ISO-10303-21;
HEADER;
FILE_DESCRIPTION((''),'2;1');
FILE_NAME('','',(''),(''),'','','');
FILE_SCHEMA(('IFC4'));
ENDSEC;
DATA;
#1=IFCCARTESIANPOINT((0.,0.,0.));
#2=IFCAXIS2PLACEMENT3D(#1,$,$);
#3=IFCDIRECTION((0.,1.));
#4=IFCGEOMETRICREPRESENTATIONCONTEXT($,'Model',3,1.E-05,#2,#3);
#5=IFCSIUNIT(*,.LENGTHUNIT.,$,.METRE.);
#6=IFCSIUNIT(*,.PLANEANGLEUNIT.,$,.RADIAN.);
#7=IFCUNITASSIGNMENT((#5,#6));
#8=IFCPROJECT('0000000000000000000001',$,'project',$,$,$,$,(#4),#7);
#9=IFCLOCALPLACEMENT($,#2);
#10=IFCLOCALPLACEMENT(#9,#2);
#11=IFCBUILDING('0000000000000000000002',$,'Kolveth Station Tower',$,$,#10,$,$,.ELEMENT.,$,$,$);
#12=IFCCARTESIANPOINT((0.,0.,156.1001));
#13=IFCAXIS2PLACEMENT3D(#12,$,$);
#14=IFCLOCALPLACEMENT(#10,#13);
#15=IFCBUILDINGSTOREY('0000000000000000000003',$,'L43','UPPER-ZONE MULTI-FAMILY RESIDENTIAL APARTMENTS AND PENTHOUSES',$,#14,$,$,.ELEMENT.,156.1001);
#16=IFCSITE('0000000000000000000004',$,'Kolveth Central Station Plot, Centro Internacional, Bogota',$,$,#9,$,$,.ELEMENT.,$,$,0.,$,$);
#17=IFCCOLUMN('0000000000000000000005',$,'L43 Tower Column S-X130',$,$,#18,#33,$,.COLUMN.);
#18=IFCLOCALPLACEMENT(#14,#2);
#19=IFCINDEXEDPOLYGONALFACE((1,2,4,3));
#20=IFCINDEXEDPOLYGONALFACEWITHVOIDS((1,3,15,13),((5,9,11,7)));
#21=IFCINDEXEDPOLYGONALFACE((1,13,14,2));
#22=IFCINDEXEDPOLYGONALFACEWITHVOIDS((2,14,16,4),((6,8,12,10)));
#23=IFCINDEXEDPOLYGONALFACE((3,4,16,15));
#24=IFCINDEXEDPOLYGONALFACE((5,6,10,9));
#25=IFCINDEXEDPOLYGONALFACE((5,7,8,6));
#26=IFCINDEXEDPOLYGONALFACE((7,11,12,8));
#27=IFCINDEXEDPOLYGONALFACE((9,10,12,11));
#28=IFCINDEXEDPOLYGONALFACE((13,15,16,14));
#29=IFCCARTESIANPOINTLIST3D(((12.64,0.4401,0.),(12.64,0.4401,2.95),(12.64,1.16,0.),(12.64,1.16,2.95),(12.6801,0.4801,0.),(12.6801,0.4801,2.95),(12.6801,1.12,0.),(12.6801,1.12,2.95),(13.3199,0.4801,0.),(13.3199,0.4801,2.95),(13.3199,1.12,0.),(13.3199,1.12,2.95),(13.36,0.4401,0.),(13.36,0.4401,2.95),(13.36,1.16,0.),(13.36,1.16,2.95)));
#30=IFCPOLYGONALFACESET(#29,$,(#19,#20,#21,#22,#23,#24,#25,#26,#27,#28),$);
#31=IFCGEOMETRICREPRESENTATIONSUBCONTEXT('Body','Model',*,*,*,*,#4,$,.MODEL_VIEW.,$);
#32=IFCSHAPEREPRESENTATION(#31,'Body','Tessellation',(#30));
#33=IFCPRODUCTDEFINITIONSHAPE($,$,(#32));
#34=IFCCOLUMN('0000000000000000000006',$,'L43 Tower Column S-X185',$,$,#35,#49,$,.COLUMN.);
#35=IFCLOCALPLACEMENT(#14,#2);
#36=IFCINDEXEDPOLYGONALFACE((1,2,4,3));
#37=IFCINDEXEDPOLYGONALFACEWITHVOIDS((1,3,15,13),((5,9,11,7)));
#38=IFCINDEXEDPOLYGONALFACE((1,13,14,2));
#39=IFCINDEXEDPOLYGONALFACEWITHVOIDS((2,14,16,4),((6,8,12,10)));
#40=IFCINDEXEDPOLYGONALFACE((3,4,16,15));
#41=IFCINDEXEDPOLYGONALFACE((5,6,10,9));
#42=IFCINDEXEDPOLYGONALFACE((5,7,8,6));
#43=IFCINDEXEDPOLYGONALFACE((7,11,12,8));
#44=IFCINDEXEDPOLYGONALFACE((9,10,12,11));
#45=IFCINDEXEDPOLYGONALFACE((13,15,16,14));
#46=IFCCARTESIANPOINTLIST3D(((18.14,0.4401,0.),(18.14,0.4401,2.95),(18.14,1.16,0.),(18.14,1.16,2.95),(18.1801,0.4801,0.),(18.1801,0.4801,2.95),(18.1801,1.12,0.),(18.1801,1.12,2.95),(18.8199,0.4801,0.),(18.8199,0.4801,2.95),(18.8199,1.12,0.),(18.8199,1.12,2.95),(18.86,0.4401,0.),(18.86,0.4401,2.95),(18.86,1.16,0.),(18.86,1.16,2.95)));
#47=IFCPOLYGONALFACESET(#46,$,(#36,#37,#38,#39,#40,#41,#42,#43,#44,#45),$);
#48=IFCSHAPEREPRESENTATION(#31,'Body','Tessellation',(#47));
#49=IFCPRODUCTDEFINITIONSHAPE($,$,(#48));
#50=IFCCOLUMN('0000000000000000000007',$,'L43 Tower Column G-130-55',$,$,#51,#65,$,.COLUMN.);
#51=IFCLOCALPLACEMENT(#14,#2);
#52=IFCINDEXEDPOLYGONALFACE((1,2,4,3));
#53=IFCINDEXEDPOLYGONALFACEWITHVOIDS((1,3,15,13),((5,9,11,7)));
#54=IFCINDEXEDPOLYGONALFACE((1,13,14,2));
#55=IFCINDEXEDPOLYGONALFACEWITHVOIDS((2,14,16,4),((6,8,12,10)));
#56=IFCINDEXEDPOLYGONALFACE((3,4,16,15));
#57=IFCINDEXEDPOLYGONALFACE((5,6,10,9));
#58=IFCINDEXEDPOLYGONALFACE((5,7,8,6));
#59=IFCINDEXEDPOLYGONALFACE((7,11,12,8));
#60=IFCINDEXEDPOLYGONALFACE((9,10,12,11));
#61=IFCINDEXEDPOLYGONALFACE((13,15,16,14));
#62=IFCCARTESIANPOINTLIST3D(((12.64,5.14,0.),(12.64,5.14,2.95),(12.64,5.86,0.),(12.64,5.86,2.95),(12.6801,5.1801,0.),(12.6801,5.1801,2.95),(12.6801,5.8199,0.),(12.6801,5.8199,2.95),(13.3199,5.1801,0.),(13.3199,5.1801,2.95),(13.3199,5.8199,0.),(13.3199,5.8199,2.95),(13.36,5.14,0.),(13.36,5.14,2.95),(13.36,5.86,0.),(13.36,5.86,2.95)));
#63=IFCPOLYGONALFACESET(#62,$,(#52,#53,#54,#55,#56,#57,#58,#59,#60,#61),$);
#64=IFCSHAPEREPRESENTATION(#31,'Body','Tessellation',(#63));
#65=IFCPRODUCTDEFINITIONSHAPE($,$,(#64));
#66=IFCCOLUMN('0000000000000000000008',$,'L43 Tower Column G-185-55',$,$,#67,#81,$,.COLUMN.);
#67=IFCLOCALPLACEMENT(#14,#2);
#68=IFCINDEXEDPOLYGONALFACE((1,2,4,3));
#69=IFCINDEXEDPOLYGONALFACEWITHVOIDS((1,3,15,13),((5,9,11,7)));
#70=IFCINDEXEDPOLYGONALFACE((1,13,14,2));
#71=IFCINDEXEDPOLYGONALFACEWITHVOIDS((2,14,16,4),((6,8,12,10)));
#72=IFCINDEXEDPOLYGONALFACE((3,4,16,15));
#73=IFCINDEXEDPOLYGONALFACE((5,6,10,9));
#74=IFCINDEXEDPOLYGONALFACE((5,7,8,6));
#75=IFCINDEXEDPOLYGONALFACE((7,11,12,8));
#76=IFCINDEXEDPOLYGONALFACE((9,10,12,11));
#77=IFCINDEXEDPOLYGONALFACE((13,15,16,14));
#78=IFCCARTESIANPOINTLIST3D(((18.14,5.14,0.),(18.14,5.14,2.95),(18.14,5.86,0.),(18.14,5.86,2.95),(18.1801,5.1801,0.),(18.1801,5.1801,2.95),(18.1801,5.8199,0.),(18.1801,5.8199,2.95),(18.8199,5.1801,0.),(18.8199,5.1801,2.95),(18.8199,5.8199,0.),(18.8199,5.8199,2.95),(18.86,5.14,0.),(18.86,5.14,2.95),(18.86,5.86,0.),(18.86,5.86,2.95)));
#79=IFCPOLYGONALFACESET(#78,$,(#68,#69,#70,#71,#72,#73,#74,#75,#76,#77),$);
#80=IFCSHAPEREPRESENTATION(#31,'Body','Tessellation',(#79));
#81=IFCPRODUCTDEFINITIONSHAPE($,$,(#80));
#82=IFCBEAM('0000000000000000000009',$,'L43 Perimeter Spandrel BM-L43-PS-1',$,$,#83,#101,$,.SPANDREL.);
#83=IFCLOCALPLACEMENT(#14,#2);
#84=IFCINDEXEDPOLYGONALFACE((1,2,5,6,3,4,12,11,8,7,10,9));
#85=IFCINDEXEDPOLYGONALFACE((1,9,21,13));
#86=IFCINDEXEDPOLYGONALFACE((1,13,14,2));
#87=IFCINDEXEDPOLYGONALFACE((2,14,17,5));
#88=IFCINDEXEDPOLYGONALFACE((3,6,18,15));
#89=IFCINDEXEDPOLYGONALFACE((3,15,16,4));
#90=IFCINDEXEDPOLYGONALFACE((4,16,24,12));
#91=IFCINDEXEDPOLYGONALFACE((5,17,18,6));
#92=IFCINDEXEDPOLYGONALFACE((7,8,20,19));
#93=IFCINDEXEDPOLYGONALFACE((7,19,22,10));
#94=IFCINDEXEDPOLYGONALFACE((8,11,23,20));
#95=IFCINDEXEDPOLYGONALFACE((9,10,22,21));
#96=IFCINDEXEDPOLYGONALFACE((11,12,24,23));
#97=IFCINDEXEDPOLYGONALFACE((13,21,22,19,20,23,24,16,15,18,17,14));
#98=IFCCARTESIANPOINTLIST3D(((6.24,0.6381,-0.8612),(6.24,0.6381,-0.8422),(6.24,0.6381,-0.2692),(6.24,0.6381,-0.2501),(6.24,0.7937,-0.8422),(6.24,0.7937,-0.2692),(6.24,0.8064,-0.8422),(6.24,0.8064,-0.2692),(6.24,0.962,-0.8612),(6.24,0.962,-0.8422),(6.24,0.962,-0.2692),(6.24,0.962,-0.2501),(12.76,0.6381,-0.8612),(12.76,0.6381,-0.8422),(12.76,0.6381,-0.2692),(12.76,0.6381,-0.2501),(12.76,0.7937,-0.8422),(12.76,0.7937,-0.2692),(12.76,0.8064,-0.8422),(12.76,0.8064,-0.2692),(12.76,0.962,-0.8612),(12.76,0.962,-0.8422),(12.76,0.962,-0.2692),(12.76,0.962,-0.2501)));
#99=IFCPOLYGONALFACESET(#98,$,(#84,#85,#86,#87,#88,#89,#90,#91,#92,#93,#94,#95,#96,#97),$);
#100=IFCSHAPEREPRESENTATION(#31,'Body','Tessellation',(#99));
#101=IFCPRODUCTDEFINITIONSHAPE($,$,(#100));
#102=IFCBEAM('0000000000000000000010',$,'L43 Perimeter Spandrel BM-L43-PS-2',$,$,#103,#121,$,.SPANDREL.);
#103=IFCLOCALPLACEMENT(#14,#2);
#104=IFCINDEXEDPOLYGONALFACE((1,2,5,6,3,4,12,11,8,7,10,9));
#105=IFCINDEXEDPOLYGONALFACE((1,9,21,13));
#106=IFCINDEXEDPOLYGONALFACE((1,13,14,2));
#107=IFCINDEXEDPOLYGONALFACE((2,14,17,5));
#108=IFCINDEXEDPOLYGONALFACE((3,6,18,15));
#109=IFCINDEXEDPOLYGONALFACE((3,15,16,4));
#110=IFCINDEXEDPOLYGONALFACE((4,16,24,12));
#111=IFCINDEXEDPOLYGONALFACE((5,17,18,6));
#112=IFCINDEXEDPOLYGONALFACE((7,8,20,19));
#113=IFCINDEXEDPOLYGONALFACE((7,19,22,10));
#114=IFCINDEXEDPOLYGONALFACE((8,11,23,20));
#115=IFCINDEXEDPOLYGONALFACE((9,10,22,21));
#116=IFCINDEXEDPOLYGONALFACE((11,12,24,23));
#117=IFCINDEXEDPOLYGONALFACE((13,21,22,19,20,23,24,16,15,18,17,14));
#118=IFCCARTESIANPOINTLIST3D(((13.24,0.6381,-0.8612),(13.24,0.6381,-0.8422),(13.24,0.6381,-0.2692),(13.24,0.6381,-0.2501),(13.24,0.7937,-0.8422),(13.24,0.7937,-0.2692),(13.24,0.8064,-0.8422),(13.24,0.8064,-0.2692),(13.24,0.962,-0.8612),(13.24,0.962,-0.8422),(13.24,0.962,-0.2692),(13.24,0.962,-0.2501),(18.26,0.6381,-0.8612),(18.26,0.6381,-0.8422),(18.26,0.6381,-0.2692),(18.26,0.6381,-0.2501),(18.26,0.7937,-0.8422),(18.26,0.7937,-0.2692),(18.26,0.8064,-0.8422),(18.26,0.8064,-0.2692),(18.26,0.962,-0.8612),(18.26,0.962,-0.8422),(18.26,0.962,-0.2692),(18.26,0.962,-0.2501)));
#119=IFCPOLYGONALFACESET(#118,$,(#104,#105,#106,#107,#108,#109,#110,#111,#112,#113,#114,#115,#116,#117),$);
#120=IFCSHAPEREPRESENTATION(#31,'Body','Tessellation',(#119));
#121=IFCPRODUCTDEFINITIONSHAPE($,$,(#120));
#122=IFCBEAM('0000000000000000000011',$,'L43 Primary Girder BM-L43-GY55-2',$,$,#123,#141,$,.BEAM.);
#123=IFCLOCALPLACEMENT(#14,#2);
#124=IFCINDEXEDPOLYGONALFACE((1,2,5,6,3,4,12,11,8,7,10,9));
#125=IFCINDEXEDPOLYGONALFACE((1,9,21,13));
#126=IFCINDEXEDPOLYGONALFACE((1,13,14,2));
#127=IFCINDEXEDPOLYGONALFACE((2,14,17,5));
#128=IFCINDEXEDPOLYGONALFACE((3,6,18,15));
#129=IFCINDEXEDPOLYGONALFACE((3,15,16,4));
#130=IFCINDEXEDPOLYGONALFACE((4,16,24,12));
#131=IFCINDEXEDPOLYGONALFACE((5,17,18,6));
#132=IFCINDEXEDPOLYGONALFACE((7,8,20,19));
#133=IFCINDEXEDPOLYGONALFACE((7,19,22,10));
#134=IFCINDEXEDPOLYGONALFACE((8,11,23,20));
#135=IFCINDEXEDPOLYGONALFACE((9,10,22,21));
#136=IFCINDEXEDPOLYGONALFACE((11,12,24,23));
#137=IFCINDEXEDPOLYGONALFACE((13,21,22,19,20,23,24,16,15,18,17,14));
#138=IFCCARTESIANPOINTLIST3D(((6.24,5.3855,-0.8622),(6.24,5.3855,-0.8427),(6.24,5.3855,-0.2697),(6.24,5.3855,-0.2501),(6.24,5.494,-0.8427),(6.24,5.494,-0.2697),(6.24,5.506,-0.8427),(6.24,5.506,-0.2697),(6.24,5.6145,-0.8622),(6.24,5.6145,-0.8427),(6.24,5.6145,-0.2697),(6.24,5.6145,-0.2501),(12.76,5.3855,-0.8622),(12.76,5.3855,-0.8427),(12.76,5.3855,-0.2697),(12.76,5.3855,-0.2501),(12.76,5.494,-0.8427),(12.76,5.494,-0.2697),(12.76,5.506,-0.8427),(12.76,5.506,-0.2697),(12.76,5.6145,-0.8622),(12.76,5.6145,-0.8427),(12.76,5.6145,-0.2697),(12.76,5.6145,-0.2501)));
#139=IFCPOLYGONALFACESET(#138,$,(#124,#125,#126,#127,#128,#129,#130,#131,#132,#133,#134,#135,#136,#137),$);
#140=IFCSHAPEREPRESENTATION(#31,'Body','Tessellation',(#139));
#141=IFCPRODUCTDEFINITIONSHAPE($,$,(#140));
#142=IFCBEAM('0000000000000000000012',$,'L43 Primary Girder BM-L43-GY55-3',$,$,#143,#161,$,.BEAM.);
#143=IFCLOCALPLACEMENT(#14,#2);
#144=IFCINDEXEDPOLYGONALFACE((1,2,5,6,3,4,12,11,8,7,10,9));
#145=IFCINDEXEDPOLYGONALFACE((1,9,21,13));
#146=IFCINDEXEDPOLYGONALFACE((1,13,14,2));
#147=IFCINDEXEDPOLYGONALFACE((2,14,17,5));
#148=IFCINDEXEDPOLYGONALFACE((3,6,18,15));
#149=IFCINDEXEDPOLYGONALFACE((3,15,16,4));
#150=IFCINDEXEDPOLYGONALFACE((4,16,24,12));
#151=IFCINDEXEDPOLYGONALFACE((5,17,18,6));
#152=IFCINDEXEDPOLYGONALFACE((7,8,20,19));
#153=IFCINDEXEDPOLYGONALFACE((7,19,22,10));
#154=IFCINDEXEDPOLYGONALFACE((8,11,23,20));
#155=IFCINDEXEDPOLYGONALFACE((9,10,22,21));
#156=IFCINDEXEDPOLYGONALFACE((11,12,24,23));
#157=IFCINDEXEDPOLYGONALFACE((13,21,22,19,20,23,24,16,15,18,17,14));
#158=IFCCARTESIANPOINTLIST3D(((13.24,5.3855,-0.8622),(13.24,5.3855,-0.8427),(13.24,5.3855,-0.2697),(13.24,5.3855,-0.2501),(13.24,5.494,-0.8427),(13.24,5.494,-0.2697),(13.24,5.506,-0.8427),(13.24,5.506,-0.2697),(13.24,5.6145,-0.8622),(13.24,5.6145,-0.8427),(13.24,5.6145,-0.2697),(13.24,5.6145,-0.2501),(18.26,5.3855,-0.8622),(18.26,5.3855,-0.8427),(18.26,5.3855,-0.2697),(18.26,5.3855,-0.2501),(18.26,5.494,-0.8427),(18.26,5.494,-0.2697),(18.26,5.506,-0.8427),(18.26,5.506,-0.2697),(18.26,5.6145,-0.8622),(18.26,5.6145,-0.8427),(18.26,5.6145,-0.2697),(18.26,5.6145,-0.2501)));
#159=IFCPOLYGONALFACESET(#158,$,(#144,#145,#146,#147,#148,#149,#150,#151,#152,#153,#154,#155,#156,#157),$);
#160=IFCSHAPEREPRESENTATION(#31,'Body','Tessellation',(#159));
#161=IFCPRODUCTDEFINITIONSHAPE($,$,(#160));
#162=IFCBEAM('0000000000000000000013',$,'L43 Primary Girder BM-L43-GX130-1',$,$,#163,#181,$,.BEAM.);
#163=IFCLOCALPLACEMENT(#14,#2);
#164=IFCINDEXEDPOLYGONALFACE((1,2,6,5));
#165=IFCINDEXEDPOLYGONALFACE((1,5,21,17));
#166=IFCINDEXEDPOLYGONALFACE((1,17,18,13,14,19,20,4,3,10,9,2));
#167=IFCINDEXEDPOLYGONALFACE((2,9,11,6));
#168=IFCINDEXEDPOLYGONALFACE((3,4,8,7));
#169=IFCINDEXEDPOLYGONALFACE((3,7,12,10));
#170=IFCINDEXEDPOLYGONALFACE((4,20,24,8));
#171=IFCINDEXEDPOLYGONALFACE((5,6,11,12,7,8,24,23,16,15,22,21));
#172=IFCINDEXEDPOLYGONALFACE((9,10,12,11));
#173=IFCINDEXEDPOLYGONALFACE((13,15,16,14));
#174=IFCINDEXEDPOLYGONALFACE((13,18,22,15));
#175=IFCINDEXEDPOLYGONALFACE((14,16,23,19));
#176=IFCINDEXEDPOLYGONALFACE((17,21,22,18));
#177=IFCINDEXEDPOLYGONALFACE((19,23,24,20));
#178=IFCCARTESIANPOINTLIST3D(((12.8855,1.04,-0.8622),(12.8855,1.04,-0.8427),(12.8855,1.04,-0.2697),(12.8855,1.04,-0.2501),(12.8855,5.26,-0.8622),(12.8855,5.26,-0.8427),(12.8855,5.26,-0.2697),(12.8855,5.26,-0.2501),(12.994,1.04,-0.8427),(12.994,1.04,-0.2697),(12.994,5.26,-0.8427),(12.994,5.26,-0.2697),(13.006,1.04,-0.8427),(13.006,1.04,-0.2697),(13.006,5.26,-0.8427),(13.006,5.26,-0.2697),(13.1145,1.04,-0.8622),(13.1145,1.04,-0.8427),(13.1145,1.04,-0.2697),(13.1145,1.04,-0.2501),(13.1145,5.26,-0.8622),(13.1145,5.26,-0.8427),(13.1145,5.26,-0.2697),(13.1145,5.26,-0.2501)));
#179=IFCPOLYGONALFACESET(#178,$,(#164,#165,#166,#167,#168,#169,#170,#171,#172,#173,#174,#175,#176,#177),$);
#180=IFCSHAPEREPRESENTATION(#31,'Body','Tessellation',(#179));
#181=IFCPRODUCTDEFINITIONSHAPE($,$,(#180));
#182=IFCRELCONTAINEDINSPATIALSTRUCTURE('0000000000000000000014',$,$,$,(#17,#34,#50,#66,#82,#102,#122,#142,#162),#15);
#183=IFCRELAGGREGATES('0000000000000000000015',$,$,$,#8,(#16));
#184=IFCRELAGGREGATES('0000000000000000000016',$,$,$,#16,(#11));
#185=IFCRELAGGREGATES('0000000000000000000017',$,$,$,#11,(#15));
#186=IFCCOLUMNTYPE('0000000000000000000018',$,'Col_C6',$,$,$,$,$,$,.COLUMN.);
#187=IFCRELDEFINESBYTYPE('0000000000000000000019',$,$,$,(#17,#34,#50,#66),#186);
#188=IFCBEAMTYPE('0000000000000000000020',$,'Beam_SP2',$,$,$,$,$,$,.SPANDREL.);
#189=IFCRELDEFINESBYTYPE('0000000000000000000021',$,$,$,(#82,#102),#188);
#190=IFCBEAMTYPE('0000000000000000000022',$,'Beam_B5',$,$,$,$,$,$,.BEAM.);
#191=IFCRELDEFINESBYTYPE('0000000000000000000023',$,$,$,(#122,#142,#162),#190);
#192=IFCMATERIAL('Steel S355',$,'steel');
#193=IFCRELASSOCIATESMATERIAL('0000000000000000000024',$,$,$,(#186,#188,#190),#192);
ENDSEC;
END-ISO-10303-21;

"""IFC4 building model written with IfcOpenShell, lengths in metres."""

from ifc_helpers import new_model, si_unit, direction, frame, origin, origin_2d, place, context, subcontext, project, spatial, hollow_rectangle, i_section, extrude, source, transform, mapped, material, material_profile, profile_set, type_object, element, save


model = new_model("IFC4")

# Units and contexts
model_context = context("Model", 3, precision=1e-05, world=origin(), true_north=direction((0.0, 1.0)))
body_context = subcontext(model_context, "Body", "Model", "MODEL_VIEW")
ifc_project = project(units=[si_unit("LENGTHUNIT", "METRE"), si_unit("PLANEANGLEUNIT", "RADIAN")], contexts=[model_context])

# Site, building, storey
site_placement = place(None, origin())
site = spatial("IfcSite", under=ifc_project, at=site_placement, Name="Kolveth Central Station Plot, Centro Internacional, Bogota", CompositionType="ELEMENT", RefElevation=0.0)
building_placement = place(site_placement, origin())
building = spatial("IfcBuilding", under=site, at=building_placement, Name="Kolveth Station Tower", CompositionType="ELEMENT")
storey_placement = place(building_placement, frame((0.0, 0.0, 156.1001)))
storey = spatial("IfcBuildingStorey", under=building, at=storey_placement, Name="L43", Description="UPPER-ZONE MULTI-FAMILY RESIDENTIAL APARTMENTS AND PENTHOUSES", CompositionType="ELEMENT", Elevation=156.1001)

# Columns
ifc_material_1 = material(Name="Steel S355", Category="steel")
ifc_material_profile_1 = material_profile(ifc_material_1, hollow_rectangle(XDim=0.72, YDim=0.72, WallThickness=0.04, at=origin_2d()), Name="BOX720x720x40")
ifc_profile_set_1 = profile_set([ifc_material_profile_1], Name="Steel S355")
column_type = type_object("IfcColumnType", Name="Col_C6", PredefinedType="COLUMN", material=ifc_profile_set_1)
shared_shape_1 = source(origin(), body_context, "Body", "SweptSolid", [
    extrude(hollow_rectangle(XDim=0.72, YDim=0.72, WallThickness=0.04, at=origin_2d()), origin(), (0.0, 0.0, 1.0), 2.95),
])
for number, where, z_axis, x_axis, name in (
    (1, (13.0, 0.8, 0.0), (0.0, 0.0, 1.0), (1.0, 0.0, 0.0), "L43 Tower Column S-X130"),
    (2, (18.5, 0.8, 0.0), (0.0, 0.0, 1.0), (1.0, 0.0, 0.0), "L43 Tower Column S-X185"),
    (3, (13.0, 5.5, 0.0), (0.0, 0.0, 1.0), (1.0, 0.0, 0.0), "L43 Tower Column G-130-55"),
    (4, (18.5, 5.5, 0.0), (0.0, 0.0, 1.0), (1.0, 0.0, 0.0), "L43 Tower Column G-185-55"),
):
    element("IfcColumn", number, at=place(storey_placement, frame(where, z_axis=z_axis, x_axis=x_axis)), inside=storey, type_object=column_type, Name=name, PredefinedType="COLUMN", context=body_context, shape_type="MappedRepresentation", body=[
        mapped(shared_shape_1, transform((0.0, 0.0, 0.0), x_axis=(1.0, 0.0, 0.0), y_axis=(0.0, 1.0, 0.0), z_axis=(0.0, 0.0, 1.0), scale=1.0)),
    ])

# Beams
ifc_material_profile_2 = material_profile(ifc_material_1, i_section(OverallWidth=0.324, OverallDepth=0.6111, WebThickness=0.0127, FlangeThickness=0.019, at=origin_2d()), Name="W610x155")
ifc_profile_set_2 = profile_set([ifc_material_profile_2], Name="Steel S355")
beam_type_1 = type_object("IfcBeamType", Name="Beam_SP2", PredefinedType="SPANDREL", material=ifc_profile_set_2)
shared_shape_2 = source(origin(), body_context, "Body", "SweptSolid", [
    extrude(i_section(OverallWidth=0.324, OverallDepth=0.6111, WebThickness=0.0127, FlangeThickness=0.019, at=origin_2d()), origin(), (0.0, 0.0, 1.0), 6.52),
])
beam_1_placement = place(storey_placement, frame((6.24, 0.8, -0.5557), z_axis=(1.0, 0.0, 0.0), x_axis=(0.0, 1.0, 0.0)))
element("IfcBeam", 5, at=beam_1_placement, inside=storey, type_object=beam_type_1, Name="L43 Perimeter Spandrel BM-L43-PS-1", PredefinedType="SPANDREL", context=body_context, shape_type="MappedRepresentation", body=[
    mapped(shared_shape_2, transform((0.0, 0.0, 0.0), x_axis=(1.0, 0.0, 0.0), y_axis=(0.0, 1.0, 0.0), z_axis=(0.0, 0.0, 1.0), scale=1.0)),
])
shared_shape_3 = source(origin(), body_context, "Body", "SweptSolid", [
    extrude(i_section(OverallWidth=0.324, OverallDepth=0.6111, WebThickness=0.0127, FlangeThickness=0.019, at=origin_2d()), origin(), (0.0, 0.0, 1.0), 5.02),
])
beam_2_placement = place(storey_placement, frame((13.24, 0.8, -0.5557), z_axis=(1.0, 0.0, 0.0), x_axis=(0.0, 1.0, 0.0)))
element("IfcBeam", 6, at=beam_2_placement, inside=storey, type_object=beam_type_1, Name="L43 Perimeter Spandrel BM-L43-PS-2", PredefinedType="SPANDREL", context=body_context, shape_type="MappedRepresentation", body=[
    mapped(shared_shape_3, transform((0.0, 0.0, 0.0), x_axis=(1.0, 0.0, 0.0), y_axis=(0.0, 1.0, 0.0), z_axis=(0.0, 0.0, 1.0), scale=1.0)),
])
ifc_material_profile_3 = material_profile(ifc_material_1, i_section(OverallWidth=0.229, OverallDepth=0.6121, WebThickness=0.012, FlangeThickness=0.0195, at=origin_2d()), Name="W610x125")
ifc_profile_set_3 = profile_set([ifc_material_profile_3], Name="Steel S355")
beam_type_2 = type_object("IfcBeamType", Name="Beam_B5", PredefinedType="BEAM", material=ifc_profile_set_3)
shared_shape_4 = source(origin(), body_context, "Body", "SweptSolid", [
    extrude(i_section(OverallWidth=0.229, OverallDepth=0.6121, WebThickness=0.012, FlangeThickness=0.0195, at=origin_2d()), origin(), (0.0, 0.0, 1.0), 6.52),
])
beam_3_placement = place(storey_placement, frame((6.24, 5.5, -0.5562), z_axis=(1.0, 0.0, 0.0), x_axis=(0.0, 1.0, 0.0)))
element("IfcBeam", 7, at=beam_3_placement, inside=storey, type_object=beam_type_2, Name="L43 Primary Girder BM-L43-GY55-2", PredefinedType="BEAM", context=body_context, shape_type="MappedRepresentation", body=[
    mapped(shared_shape_4, transform((0.0, 0.0, 0.0), x_axis=(1.0, 0.0, 0.0), y_axis=(0.0, 1.0, 0.0), z_axis=(0.0, 0.0, 1.0), scale=1.0)),
])
shared_shape_5 = source(origin(), body_context, "Body", "SweptSolid", [
    extrude(i_section(OverallWidth=0.229, OverallDepth=0.6121, WebThickness=0.012, FlangeThickness=0.0195, at=origin_2d()), origin(), (0.0, 0.0, 1.0), 5.02),
])
beam_4_placement = place(storey_placement, frame((13.24, 5.5, -0.5562), z_axis=(1.0, 0.0, 0.0), x_axis=(0.0, 1.0, 0.0)))
element("IfcBeam", 8, at=beam_4_placement, inside=storey, type_object=beam_type_2, Name="L43 Primary Girder BM-L43-GY55-3", PredefinedType="BEAM", context=body_context, shape_type="MappedRepresentation", body=[
    mapped(shared_shape_5, transform((0.0, 0.0, 0.0), x_axis=(1.0, 0.0, 0.0), y_axis=(0.0, 1.0, 0.0), z_axis=(0.0, 0.0, 1.0), scale=1.0)),
])
shared_shape_6 = source(origin(), body_context, "Body", "SweptSolid", [
    extrude(i_section(OverallWidth=0.229, OverallDepth=0.6121, WebThickness=0.012, FlangeThickness=0.0195, at=origin_2d()), origin(), (0.0, 0.0, 1.0), 4.22),
])
for number, where, z_axis, x_axis, name in (
    (9, (13.0, 1.04, -0.5562), (0.0, 1.0, 0.0), (-1.0, 0.0, 0.0), "L43 Primary Girder BM-L43-GX130-1"),
):
    element("IfcBeam", number, at=place(storey_placement, frame(where, z_axis=z_axis, x_axis=x_axis)), inside=storey, type_object=beam_type_2, Name=name, PredefinedType="BEAM", context=body_context, shape_type="MappedRepresentation", body=[
        mapped(shared_shape_6, transform((0.0, 0.0, 0.0), x_axis=(1.0, 0.0, 0.0), y_axis=(0.0, 1.0, 0.0), z_axis=(0.0, 0.0, 1.0), scale=1.0)),
    ])

save(model, "model.ifc")
